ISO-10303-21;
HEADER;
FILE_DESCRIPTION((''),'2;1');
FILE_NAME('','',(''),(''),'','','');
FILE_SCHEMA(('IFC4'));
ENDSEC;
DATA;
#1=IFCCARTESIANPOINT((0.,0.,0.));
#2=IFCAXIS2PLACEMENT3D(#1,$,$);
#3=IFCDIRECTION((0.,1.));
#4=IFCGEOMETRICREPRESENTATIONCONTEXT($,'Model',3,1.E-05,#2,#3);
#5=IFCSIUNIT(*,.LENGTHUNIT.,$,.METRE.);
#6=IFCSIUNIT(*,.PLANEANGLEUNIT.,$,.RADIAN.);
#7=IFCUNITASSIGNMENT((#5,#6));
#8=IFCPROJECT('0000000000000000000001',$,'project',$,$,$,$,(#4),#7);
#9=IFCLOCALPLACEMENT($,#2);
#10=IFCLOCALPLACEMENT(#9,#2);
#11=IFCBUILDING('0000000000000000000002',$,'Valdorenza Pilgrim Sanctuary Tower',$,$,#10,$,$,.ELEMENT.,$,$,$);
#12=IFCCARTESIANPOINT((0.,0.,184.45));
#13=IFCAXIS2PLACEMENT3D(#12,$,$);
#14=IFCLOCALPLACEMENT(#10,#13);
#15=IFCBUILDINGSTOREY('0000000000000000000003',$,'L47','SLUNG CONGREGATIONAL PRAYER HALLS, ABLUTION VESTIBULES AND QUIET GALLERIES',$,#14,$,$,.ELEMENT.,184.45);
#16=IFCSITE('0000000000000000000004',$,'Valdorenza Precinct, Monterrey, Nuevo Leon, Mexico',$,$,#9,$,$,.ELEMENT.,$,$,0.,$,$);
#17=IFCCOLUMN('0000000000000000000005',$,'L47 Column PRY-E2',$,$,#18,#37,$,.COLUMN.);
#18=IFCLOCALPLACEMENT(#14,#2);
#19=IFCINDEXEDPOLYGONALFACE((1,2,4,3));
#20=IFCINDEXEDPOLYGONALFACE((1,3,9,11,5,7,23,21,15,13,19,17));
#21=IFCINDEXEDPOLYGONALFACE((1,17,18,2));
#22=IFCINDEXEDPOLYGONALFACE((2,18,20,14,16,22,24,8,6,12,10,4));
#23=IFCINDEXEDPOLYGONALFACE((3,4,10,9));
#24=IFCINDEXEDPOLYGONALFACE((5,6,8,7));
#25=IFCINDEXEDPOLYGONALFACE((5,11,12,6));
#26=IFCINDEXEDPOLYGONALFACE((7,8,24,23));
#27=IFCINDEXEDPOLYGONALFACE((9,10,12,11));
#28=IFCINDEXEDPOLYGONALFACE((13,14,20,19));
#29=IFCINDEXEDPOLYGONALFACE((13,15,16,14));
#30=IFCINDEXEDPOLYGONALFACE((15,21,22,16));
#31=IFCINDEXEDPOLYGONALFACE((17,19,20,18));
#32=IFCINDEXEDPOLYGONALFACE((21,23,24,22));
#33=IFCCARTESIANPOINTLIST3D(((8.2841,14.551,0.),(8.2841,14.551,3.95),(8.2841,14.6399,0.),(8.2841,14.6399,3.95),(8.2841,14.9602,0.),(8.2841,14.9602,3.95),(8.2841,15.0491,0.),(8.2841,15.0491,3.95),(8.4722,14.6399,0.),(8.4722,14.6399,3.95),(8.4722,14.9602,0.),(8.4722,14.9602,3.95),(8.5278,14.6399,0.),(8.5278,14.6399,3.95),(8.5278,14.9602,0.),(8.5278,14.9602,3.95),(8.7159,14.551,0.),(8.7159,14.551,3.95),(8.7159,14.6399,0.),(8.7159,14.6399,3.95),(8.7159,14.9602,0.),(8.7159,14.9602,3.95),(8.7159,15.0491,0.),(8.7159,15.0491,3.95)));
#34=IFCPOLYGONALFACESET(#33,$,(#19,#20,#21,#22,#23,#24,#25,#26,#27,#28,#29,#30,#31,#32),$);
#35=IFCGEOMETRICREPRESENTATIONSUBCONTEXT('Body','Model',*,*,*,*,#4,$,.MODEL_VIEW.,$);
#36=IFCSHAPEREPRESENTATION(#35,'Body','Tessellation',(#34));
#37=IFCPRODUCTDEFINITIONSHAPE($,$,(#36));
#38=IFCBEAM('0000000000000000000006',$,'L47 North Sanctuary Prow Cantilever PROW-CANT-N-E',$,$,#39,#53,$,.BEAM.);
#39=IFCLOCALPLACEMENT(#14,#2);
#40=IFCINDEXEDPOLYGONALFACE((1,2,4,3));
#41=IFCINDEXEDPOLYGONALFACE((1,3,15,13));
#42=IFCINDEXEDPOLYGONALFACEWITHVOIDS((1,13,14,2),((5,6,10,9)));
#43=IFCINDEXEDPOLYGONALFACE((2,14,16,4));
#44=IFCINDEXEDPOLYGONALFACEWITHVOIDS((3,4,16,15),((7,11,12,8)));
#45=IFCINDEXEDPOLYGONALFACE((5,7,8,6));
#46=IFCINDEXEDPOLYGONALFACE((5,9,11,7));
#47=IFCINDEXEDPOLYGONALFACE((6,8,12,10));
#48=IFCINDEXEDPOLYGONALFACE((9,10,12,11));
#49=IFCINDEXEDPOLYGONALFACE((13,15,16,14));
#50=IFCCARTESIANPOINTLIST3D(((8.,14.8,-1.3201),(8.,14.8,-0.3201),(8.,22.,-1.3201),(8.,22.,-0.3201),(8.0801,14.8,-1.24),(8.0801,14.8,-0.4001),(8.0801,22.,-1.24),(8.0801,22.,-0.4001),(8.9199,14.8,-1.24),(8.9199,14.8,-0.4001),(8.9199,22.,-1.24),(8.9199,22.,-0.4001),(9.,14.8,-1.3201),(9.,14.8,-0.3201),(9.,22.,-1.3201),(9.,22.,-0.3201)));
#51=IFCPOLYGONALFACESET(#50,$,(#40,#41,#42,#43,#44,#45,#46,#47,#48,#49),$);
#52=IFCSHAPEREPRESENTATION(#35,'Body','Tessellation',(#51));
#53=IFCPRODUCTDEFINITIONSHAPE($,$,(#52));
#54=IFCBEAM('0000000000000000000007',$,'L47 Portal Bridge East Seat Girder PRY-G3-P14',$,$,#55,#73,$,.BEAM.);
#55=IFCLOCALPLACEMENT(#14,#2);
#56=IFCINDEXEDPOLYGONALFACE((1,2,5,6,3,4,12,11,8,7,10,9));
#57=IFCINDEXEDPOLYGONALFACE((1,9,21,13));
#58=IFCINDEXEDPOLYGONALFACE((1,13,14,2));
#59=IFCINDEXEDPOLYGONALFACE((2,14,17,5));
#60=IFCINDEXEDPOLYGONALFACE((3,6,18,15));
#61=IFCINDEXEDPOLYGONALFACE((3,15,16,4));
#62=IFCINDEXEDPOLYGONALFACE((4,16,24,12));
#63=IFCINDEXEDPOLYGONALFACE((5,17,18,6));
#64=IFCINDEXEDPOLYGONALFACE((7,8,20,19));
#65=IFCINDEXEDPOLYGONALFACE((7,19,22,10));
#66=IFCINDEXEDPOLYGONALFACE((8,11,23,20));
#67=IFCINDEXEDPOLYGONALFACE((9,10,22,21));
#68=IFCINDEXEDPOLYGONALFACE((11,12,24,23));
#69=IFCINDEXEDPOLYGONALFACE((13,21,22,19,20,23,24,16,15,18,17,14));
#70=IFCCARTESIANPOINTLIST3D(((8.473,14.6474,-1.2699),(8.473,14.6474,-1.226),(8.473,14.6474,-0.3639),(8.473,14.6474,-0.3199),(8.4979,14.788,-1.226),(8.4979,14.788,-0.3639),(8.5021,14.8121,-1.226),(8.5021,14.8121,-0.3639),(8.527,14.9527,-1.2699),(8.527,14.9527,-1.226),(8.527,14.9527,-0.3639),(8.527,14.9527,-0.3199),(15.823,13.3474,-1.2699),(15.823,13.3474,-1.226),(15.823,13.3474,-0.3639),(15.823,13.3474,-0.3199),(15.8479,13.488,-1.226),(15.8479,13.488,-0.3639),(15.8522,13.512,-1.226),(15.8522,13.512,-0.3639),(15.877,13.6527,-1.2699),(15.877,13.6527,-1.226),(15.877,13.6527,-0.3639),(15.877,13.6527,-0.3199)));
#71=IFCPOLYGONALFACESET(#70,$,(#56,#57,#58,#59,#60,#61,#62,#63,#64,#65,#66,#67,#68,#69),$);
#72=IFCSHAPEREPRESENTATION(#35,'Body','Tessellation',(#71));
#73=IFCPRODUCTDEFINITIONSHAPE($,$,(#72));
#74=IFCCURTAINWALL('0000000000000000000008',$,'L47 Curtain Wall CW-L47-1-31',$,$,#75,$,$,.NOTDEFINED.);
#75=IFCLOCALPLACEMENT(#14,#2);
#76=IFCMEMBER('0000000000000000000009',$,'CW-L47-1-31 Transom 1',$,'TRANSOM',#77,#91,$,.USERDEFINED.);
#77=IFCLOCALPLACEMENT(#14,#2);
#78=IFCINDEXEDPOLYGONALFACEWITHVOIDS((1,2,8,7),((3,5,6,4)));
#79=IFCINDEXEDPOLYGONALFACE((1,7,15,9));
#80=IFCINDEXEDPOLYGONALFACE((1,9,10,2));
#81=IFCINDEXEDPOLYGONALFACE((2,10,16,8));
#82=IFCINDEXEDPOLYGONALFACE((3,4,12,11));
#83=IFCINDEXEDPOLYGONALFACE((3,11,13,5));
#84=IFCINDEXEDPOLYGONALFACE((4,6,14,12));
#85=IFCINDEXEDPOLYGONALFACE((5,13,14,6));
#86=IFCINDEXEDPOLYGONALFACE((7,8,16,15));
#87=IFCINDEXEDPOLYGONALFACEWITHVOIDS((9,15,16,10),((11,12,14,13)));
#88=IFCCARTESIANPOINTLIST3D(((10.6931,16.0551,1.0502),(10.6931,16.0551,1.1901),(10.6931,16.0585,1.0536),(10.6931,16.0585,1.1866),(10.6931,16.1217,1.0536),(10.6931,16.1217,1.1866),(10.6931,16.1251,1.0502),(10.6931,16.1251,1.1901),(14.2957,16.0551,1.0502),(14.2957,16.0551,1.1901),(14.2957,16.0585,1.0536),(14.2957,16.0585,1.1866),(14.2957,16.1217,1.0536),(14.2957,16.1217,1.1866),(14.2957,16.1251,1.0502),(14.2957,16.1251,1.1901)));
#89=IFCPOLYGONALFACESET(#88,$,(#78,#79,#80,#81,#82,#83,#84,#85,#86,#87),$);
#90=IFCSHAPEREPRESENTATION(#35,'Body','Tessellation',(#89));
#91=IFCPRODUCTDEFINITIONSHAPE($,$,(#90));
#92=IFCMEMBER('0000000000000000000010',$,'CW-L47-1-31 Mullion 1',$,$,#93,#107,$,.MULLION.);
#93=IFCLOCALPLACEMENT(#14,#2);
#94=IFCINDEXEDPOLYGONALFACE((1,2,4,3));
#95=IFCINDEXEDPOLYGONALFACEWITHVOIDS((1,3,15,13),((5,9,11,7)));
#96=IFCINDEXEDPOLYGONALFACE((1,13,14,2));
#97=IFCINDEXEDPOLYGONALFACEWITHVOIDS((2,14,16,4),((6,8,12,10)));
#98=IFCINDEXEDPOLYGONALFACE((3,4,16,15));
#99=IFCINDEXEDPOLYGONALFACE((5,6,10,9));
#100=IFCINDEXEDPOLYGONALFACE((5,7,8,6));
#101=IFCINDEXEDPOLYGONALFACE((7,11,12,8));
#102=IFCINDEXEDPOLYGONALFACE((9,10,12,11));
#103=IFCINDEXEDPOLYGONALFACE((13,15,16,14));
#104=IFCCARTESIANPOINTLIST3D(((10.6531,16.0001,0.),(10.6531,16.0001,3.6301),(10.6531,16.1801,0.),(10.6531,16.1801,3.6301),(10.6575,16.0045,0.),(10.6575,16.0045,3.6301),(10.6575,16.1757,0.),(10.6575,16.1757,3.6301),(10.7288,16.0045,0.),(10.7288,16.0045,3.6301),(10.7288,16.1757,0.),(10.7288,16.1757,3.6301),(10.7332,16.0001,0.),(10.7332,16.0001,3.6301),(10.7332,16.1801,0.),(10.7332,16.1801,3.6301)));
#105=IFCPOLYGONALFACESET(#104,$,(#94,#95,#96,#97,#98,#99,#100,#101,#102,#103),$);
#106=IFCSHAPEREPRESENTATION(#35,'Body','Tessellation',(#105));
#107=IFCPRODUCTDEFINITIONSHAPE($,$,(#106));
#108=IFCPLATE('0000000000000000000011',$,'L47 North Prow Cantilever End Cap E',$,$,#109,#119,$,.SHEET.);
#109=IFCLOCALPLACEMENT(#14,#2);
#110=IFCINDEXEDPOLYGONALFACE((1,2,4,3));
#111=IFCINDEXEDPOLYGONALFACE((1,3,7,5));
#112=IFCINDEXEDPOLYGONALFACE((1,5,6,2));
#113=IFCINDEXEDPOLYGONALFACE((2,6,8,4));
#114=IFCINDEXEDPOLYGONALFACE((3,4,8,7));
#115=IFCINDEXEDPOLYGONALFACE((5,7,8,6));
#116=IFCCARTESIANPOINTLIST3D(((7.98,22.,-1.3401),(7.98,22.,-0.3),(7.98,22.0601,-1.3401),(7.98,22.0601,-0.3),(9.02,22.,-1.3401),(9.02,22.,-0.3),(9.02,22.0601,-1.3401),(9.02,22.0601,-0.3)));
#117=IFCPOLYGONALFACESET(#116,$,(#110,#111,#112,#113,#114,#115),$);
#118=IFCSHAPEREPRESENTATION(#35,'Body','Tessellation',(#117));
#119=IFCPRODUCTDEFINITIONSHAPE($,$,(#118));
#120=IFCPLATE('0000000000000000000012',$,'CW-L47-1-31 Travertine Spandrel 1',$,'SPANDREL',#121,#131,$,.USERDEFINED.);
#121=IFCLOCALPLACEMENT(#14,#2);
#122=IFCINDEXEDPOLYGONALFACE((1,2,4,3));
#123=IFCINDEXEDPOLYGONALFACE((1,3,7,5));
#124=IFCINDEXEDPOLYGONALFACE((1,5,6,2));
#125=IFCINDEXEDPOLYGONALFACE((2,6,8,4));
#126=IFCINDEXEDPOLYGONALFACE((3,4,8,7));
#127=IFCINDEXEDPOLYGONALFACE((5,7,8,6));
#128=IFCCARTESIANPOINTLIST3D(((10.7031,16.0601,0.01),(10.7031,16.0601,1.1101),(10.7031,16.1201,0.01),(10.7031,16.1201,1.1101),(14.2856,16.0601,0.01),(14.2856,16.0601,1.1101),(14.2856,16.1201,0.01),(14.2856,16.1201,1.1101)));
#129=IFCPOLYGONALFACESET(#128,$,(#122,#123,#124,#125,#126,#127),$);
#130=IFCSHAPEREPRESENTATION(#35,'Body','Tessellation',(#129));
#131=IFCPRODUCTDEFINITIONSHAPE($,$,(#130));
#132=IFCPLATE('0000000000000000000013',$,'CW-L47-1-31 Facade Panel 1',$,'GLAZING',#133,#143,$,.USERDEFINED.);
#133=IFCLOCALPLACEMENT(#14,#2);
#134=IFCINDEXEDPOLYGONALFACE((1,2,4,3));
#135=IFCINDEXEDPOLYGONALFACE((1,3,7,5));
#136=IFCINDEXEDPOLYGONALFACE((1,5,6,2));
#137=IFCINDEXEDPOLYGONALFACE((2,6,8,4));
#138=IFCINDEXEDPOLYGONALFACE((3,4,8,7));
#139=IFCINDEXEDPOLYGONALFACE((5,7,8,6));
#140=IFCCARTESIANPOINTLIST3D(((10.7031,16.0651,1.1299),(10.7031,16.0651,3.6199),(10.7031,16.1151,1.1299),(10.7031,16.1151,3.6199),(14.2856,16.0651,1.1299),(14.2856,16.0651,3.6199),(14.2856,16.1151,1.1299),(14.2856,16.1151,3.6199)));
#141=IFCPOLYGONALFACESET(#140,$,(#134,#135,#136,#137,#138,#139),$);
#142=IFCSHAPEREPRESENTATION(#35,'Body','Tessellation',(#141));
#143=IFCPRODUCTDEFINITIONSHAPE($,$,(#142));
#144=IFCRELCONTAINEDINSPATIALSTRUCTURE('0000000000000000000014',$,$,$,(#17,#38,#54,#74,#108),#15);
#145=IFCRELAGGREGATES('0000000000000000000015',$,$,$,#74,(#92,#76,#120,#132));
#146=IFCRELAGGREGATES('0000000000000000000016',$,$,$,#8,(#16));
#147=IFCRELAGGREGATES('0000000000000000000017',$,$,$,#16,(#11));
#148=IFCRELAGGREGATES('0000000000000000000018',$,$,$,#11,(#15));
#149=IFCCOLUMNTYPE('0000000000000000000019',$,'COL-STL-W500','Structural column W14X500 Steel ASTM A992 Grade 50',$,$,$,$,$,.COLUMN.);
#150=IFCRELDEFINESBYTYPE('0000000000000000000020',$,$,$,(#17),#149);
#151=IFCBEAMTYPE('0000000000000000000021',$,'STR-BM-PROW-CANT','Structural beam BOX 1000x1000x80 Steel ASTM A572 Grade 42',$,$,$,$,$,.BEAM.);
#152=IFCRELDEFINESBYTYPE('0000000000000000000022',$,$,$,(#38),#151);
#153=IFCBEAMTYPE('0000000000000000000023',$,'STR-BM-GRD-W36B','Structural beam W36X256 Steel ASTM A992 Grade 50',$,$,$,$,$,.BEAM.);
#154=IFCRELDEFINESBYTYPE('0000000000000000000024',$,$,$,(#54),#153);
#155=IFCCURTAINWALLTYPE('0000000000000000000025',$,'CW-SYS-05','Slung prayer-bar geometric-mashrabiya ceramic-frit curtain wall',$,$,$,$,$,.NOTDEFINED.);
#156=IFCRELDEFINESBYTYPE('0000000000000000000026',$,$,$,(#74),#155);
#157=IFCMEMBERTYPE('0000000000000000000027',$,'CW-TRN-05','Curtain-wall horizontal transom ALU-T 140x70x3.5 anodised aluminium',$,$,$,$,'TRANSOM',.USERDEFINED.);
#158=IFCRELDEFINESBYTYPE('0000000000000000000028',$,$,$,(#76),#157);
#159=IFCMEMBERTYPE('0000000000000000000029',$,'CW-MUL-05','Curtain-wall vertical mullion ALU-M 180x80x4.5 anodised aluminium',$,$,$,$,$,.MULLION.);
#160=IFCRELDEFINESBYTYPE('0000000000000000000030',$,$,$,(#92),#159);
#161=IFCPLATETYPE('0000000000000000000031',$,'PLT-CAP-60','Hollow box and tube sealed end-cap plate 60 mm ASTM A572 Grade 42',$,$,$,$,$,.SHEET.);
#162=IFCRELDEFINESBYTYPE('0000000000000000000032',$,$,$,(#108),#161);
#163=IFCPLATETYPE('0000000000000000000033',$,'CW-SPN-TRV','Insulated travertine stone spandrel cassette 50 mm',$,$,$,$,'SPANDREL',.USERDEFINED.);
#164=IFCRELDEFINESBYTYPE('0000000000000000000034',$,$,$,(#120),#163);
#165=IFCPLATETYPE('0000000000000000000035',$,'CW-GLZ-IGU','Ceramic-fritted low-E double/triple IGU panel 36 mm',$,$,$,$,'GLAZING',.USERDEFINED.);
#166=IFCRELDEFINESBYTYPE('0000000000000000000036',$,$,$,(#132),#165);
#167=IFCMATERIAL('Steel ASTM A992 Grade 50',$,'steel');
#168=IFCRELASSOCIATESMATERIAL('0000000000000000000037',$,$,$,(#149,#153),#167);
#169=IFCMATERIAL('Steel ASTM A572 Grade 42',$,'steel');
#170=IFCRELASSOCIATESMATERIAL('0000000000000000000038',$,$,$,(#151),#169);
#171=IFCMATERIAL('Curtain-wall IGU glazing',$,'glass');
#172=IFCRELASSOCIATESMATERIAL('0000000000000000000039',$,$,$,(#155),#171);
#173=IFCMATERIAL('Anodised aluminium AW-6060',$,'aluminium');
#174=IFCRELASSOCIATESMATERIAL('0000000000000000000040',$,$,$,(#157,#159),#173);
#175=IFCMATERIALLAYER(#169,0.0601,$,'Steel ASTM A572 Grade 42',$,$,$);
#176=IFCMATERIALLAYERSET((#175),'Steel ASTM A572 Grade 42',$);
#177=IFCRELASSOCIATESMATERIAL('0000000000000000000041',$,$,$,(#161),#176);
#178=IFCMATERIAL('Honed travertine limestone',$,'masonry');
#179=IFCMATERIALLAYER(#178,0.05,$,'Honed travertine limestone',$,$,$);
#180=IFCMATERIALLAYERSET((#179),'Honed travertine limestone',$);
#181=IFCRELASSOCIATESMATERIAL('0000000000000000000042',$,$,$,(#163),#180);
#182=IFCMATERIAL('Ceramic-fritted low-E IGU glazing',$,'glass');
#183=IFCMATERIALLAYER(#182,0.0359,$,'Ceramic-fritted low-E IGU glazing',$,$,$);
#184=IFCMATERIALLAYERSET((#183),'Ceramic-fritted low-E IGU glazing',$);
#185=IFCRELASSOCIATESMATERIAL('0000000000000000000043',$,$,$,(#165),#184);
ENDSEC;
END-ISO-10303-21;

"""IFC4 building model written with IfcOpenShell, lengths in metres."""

from ifc_helpers import new_model, si_unit, direction, frame, origin, origin_2d, place, context, subcontext, project, spatial, rectangle, hollow_rectangle, i_section, extrude, source, transform, mapped, material, layer, layer_set, material_profile, profile_set, type_object, element, aggregate, save


model = new_model("IFC4")

# Units and contexts
model_context = context("Model", 3, precision=1e-05, world=origin(), true_north=direction((0.0, 1.0)))
body_context = subcontext(model_context, "Body", "Model", "MODEL_VIEW")
ifc_project = project(units=[si_unit("LENGTHUNIT", "METRE"), si_unit("PLANEANGLEUNIT", "RADIAN")], contexts=[model_context])

# Site, building, storey
site_placement = place(None, origin())
site = spatial("IfcSite", under=ifc_project, at=site_placement, Name="Valdorenza Precinct, Monterrey, Nuevo Leon, Mexico", CompositionType="ELEMENT", RefElevation=0.0)
building_placement = place(site_placement, origin())
building = spatial("IfcBuilding", under=site, at=building_placement, Name="Valdorenza Pilgrim Sanctuary Tower", CompositionType="ELEMENT")
storey_placement = place(building_placement, frame((0.0, 0.0, 184.45)))
storey = spatial("IfcBuildingStorey", under=building, at=storey_placement, Name="L47", Description="SLUNG CONGREGATIONAL PRAYER HALLS, ABLUTION VESTIBULES AND QUIET GALLERIES", CompositionType="ELEMENT", Elevation=184.45)

# Column
ifc_material_1 = material(Name="Steel ASTM A992 Grade 50", Category="steel")
ifc_material_profile_1 = material_profile(ifc_material_1, i_section(OverallWidth=0.4319, OverallDepth=0.498, WebThickness=0.0557, FlangeThickness=0.0889, at=origin_2d()), Name="W14X500")
ifc_profile_set_1 = profile_set([ifc_material_profile_1], Name="Steel ASTM A992 Grade 50")
column_type = type_object("IfcColumnType", Name="COL-STL-W500", Description="Structural column W14X500 Steel ASTM A992 Grade 50", PredefinedType="COLUMN", material=ifc_profile_set_1)
shared_shape_1 = source(origin(), body_context, "Body", "SweptSolid", [
    extrude(i_section(OverallWidth=0.4319, OverallDepth=0.498, WebThickness=0.0557, FlangeThickness=0.0889, at=origin_2d()), origin(), (0.0, 0.0, 1.0), 3.95),
])
column_placement = place(storey_placement, frame((8.5, 14.8, 0.0), z_axis=(0.0, 0.0, 1.0), x_axis=(1.0, 0.0, 0.0)))
element("IfcColumn", 1, at=column_placement, inside=storey, type_object=column_type, Name="L47 Column PRY-E2", PredefinedType="COLUMN", context=body_context, shape_type="MappedRepresentation", body=[
    mapped(shared_shape_1, transform((0.0, 0.0, 0.0), x_axis=(1.0, 0.0, 0.0), y_axis=(0.0, 1.0, 0.0), z_axis=(0.0, 0.0, 1.0), scale=1.0)),
])

# Beams
ifc_material_2 = material(Name="Steel ASTM A572 Grade 42", Category="steel")
ifc_material_profile_2 = material_profile(ifc_material_2, hollow_rectangle(XDim=1.0, YDim=1.0, WallThickness=0.0801, at=origin_2d()), Name="BOX 1000x1000x80")
ifc_profile_set_2 = profile_set([ifc_material_profile_2], Name="Steel ASTM A572 Grade 42")
beam_type_1 = type_object("IfcBeamType", Name="STR-BM-PROW-CANT", Description="Structural beam BOX 1000x1000x80 Steel ASTM A572 Grade 42", PredefinedType="BEAM", material=ifc_profile_set_2)
shared_shape_2 = source(origin(), body_context, "Body", "SweptSolid", [
    extrude(hollow_rectangle(XDim=1.0, YDim=1.0, WallThickness=0.0801, at=origin_2d()), origin(), (0.0, 0.0, 1.0), 7.2),
])
beam_1_placement = place(storey_placement, frame((8.5, 14.8, -0.8201), z_axis=(0.0, 1.0, 0.0), x_axis=(-1.0, 0.0, 0.0)))
element("IfcBeam", 2, at=beam_1_placement, inside=storey, type_object=beam_type_1, Name="L47 North Sanctuary Prow Cantilever PROW-CANT-N-E", PredefinedType="BEAM", context=body_context, shape_type="MappedRepresentation", body=[
    mapped(shared_shape_2, transform((0.0, 0.0, 0.0), x_axis=(1.0, 0.0, 0.0), y_axis=(0.0, 1.0, 0.0), z_axis=(0.0, 0.0, 1.0), scale=1.0)),
])
ifc_material_profile_3 = material_profile(ifc_material_1, i_section(OverallWidth=0.3101, OverallDepth=0.95, WebThickness=0.0244, FlangeThickness=0.0439, at=origin_2d()), Name="W36X256")
ifc_profile_set_3 = profile_set([ifc_material_profile_3], Name="Steel ASTM A992 Grade 50")
beam_type_2 = type_object("IfcBeamType", Name="STR-BM-GRD-W36B", Description="Structural beam W36X256 Steel ASTM A992 Grade 50", PredefinedType="BEAM", material=ifc_profile_set_3)
shared_shape_3 = source(origin(), body_context, "Body", "SweptSolid", [
    extrude(i_section(OverallWidth=0.3101, OverallDepth=0.95, WebThickness=0.0244, FlangeThickness=0.0439, at=origin_2d()), origin(), (0.0, 0.0, 1.0), 7.4641),
])
beam_2_placement = place(storey_placement, frame((8.5, 14.8, -0.7949), z_axis=(0.984715, -0.174172, 0.0), x_axis=(0.174172, 0.984715, 0.0)))
element("IfcBeam", 3, at=beam_2_placement, inside=storey, type_object=beam_type_2, Name="L47 Portal Bridge East Seat Girder PRY-G3-P14", PredefinedType="BEAM", context=body_context, shape_type="MappedRepresentation", body=[
    mapped(shared_shape_3, transform((0.0, 0.0, 0.0), x_axis=(1.0, 0.0, 0.0), y_axis=(0.0, 1.0, 0.0), z_axis=(0.0, 0.0, 1.0), scale=1.0)),
])

# Curtain wall, members
ifc_material_3 = material(Name="Curtain-wall IGU glazing", Category="glass")
curtain_wall_type = type_object("IfcCurtainWallType", Name="CW-SYS-05", Description="Slung prayer-bar geometric-mashrabiya ceramic-frit curtain wall", PredefinedType="NOTDEFINED", material=ifc_material_3)
curtain_wall_placement = place(storey_placement, origin())
curtain_wall = element("IfcCurtainWall", 4, at=curtain_wall_placement, inside=storey, type_object=curtain_wall_type, Name="L47 Curtain Wall CW-L47-1-31", PredefinedType="NOTDEFINED")
ifc_material_4 = material(Name="Anodised aluminium AW-6060", Category="aluminium")
ifc_material_profile_4 = material_profile(ifc_material_4, hollow_rectangle(XDim=0.0701, YDim=0.1399, WallThickness=0.0034, at=origin_2d()), Name="ALU-T 140x70x3.5")
ifc_profile_set_4 = profile_set([ifc_material_profile_4], Name="Anodised aluminium AW-6060")
member_type_1 = type_object("IfcMemberType", Name="CW-TRN-05", Description="Curtain-wall horizontal transom ALU-T 140x70x3.5 anodised aluminium", ElementType="TRANSOM", PredefinedType="USERDEFINED", material=ifc_profile_set_4)
shared_shape_4 = source(origin(), body_context, "Body", "SweptSolid", [
    extrude(hollow_rectangle(XDim=0.0701, YDim=0.1399, WallThickness=0.0034, at=origin_2d()), origin(), (0.0, 0.0, 1.0), 3.6025),
])
member_1_placement = place(storey_placement, frame((10.6931, 16.0901, 1.1201), z_axis=(1.0, 0.0, 0.0), x_axis=(0.0, 1.0, 0.0)))
member_1 = element("IfcMember", 5, at=member_1_placement, type_object=member_type_1, Name="CW-L47-1-31 Transom 1", ObjectType="TRANSOM", PredefinedType="USERDEFINED", context=body_context, shape_type="MappedRepresentation", body=[
    mapped(shared_shape_4, transform((0.0, 0.0, 0.0), x_axis=(1.0, 0.0, 0.0), y_axis=(0.0, 1.0, 0.0), z_axis=(0.0, 0.0, 1.0), scale=1.0)),
])
ifc_material_profile_5 = material_profile(ifc_material_4, hollow_rectangle(XDim=0.0801, YDim=0.1799, WallThickness=0.0044, at=origin_2d()), Name="ALU-M 180x80x4.5")
ifc_profile_set_5 = profile_set([ifc_material_profile_5], Name="Anodised aluminium AW-6060")
member_type_2 = type_object("IfcMemberType", Name="CW-MUL-05", Description="Curtain-wall vertical mullion ALU-M 180x80x4.5 anodised aluminium", PredefinedType="MULLION", material=ifc_profile_set_5)
shared_shape_5 = source(origin(), body_context, "Body", "SweptSolid", [
    extrude(hollow_rectangle(XDim=0.0801, YDim=0.1799, WallThickness=0.0044, at=origin_2d()), origin(), (0.0, 0.0, 1.0), 3.6301),
])
member_2_placement = place(storey_placement, frame((10.6931, 16.0901, 0.0), z_axis=(0.0, 0.0, 1.0), x_axis=(1.0, 0.0, 0.0)))
member_2 = element("IfcMember", 6, at=member_2_placement, type_object=member_type_2, Name="CW-L47-1-31 Mullion 1", PredefinedType="MULLION", context=body_context, shape_type="MappedRepresentation", body=[
    mapped(shared_shape_5, transform((0.0, 0.0, 0.0), x_axis=(1.0, 0.0, 0.0), y_axis=(0.0, 1.0, 0.0), z_axis=(0.0, 0.0, 1.0), scale=1.0)),
])

# Plates
ifc_layer_1 = layer(ifc_material_2, 0.0601, Name="Steel ASTM A572 Grade 42")
ifc_layer_set_1 = layer_set([ifc_layer_1], Name="Steel ASTM A572 Grade 42")
plate_type_1 = type_object("IfcPlateType", Name="PLT-CAP-60", Description="Hollow box and tube sealed end-cap plate 60 mm ASTM A572 Grade 42", PredefinedType="SHEET", material=ifc_layer_set_1)
shared_shape_6 = source(origin(), body_context, "Body", "SweptSolid", [
    extrude(rectangle(XDim=1.04, YDim=0.0601, at=origin_2d()), origin(), (0.0, 0.0, 1.0), 1.04),
])
plate_1_placement = place(storey_placement, frame((8.5, 22.03, -1.3401), z_axis=(0.0, 0.0, 1.0), x_axis=(1.0, 0.0, 0.0)))
element("IfcPlate", 7, at=plate_1_placement, inside=storey, type_object=plate_type_1, Name="L47 North Prow Cantilever End Cap E", PredefinedType="SHEET", context=body_context, shape_type="MappedRepresentation", body=[
    mapped(shared_shape_6, transform((0.0, 0.0, 0.0), x_axis=(1.0, 0.0, 0.0), y_axis=(0.0, 1.0, 0.0), z_axis=(0.0, 0.0, 1.0), scale=1.0)),
])
ifc_material_5 = material(Name="Honed travertine limestone", Category="masonry")
ifc_layer_2 = layer(ifc_material_5, 0.05, Name="Honed travertine limestone")
ifc_layer_set_2 = layer_set([ifc_layer_2], Name="Honed travertine limestone")
plate_type_2 = type_object("IfcPlateType", Name="CW-SPN-TRV", Description="Insulated travertine stone spandrel cassette 50 mm", ElementType="SPANDREL", PredefinedType="USERDEFINED", material=ifc_layer_set_2)
shared_shape_7 = source(origin(), body_context, "Body", "SweptSolid", [
    extrude(rectangle(XDim=3.5825, YDim=0.0601, at=origin_2d()), origin(), (0.0, 0.0, 1.0), 1.1001),
])
plate_2_placement = place(storey_placement, frame((12.4944, 16.0901, 0.01), z_axis=(0.0, 0.0, 1.0), x_axis=(1.0, 0.0, 0.0)))
plate_2 = element("IfcPlate", 8, at=plate_2_placement, type_object=plate_type_2, Name="CW-L47-1-31 Travertine Spandrel 1", ObjectType="SPANDREL", PredefinedType="USERDEFINED", context=body_context, shape_type="MappedRepresentation", body=[
    mapped(shared_shape_7, transform((0.0, 0.0, 0.0), x_axis=(1.0, 0.0, 0.0), y_axis=(0.0, 1.0, 0.0), z_axis=(0.0, 0.0, 1.0), scale=1.0)),
])
ifc_material_6 = material(Name="Ceramic-fritted low-E IGU glazing", Category="glass")
ifc_layer_3 = layer(ifc_material_6, 0.0359, Name="Ceramic-fritted low-E IGU glazing")
ifc_layer_set_3 = layer_set([ifc_layer_3], Name="Ceramic-fritted low-E IGU glazing")
plate_type_3 = type_object("IfcPlateType", Name="CW-GLZ-IGU", Description="Ceramic-fritted low-E double/triple IGU panel 36 mm", ElementType="GLAZING", PredefinedType="USERDEFINED", material=ifc_layer_set_3)
shared_shape_8 = source(origin(), body_context, "Body", "SweptSolid", [
    extrude(rectangle(XDim=3.5825, YDim=0.05, at=origin_2d()), origin(), (0.0, 0.0, 1.0), 2.49),
])
plate_3_placement = place(storey_placement, frame((12.4944, 16.0901, 1.1299), z_axis=(0.0, 0.0, 1.0), x_axis=(1.0, 0.0, 0.0)))
plate_3 = element("IfcPlate", 9, at=plate_3_placement, type_object=plate_type_3, Name="CW-L47-1-31 Facade Panel 1", ObjectType="GLAZING", PredefinedType="USERDEFINED", context=body_context, shape_type="MappedRepresentation", body=[
    mapped(shared_shape_8, transform((0.0, 0.0, 0.0), x_axis=(1.0, 0.0, 0.0), y_axis=(0.0, 1.0, 0.0), z_axis=(0.0, 0.0, 1.0), scale=1.0)),
])
aggregate(curtain_wall, [member_2, member_1, plate_2, plate_3])

save(model, "model.ifc")
